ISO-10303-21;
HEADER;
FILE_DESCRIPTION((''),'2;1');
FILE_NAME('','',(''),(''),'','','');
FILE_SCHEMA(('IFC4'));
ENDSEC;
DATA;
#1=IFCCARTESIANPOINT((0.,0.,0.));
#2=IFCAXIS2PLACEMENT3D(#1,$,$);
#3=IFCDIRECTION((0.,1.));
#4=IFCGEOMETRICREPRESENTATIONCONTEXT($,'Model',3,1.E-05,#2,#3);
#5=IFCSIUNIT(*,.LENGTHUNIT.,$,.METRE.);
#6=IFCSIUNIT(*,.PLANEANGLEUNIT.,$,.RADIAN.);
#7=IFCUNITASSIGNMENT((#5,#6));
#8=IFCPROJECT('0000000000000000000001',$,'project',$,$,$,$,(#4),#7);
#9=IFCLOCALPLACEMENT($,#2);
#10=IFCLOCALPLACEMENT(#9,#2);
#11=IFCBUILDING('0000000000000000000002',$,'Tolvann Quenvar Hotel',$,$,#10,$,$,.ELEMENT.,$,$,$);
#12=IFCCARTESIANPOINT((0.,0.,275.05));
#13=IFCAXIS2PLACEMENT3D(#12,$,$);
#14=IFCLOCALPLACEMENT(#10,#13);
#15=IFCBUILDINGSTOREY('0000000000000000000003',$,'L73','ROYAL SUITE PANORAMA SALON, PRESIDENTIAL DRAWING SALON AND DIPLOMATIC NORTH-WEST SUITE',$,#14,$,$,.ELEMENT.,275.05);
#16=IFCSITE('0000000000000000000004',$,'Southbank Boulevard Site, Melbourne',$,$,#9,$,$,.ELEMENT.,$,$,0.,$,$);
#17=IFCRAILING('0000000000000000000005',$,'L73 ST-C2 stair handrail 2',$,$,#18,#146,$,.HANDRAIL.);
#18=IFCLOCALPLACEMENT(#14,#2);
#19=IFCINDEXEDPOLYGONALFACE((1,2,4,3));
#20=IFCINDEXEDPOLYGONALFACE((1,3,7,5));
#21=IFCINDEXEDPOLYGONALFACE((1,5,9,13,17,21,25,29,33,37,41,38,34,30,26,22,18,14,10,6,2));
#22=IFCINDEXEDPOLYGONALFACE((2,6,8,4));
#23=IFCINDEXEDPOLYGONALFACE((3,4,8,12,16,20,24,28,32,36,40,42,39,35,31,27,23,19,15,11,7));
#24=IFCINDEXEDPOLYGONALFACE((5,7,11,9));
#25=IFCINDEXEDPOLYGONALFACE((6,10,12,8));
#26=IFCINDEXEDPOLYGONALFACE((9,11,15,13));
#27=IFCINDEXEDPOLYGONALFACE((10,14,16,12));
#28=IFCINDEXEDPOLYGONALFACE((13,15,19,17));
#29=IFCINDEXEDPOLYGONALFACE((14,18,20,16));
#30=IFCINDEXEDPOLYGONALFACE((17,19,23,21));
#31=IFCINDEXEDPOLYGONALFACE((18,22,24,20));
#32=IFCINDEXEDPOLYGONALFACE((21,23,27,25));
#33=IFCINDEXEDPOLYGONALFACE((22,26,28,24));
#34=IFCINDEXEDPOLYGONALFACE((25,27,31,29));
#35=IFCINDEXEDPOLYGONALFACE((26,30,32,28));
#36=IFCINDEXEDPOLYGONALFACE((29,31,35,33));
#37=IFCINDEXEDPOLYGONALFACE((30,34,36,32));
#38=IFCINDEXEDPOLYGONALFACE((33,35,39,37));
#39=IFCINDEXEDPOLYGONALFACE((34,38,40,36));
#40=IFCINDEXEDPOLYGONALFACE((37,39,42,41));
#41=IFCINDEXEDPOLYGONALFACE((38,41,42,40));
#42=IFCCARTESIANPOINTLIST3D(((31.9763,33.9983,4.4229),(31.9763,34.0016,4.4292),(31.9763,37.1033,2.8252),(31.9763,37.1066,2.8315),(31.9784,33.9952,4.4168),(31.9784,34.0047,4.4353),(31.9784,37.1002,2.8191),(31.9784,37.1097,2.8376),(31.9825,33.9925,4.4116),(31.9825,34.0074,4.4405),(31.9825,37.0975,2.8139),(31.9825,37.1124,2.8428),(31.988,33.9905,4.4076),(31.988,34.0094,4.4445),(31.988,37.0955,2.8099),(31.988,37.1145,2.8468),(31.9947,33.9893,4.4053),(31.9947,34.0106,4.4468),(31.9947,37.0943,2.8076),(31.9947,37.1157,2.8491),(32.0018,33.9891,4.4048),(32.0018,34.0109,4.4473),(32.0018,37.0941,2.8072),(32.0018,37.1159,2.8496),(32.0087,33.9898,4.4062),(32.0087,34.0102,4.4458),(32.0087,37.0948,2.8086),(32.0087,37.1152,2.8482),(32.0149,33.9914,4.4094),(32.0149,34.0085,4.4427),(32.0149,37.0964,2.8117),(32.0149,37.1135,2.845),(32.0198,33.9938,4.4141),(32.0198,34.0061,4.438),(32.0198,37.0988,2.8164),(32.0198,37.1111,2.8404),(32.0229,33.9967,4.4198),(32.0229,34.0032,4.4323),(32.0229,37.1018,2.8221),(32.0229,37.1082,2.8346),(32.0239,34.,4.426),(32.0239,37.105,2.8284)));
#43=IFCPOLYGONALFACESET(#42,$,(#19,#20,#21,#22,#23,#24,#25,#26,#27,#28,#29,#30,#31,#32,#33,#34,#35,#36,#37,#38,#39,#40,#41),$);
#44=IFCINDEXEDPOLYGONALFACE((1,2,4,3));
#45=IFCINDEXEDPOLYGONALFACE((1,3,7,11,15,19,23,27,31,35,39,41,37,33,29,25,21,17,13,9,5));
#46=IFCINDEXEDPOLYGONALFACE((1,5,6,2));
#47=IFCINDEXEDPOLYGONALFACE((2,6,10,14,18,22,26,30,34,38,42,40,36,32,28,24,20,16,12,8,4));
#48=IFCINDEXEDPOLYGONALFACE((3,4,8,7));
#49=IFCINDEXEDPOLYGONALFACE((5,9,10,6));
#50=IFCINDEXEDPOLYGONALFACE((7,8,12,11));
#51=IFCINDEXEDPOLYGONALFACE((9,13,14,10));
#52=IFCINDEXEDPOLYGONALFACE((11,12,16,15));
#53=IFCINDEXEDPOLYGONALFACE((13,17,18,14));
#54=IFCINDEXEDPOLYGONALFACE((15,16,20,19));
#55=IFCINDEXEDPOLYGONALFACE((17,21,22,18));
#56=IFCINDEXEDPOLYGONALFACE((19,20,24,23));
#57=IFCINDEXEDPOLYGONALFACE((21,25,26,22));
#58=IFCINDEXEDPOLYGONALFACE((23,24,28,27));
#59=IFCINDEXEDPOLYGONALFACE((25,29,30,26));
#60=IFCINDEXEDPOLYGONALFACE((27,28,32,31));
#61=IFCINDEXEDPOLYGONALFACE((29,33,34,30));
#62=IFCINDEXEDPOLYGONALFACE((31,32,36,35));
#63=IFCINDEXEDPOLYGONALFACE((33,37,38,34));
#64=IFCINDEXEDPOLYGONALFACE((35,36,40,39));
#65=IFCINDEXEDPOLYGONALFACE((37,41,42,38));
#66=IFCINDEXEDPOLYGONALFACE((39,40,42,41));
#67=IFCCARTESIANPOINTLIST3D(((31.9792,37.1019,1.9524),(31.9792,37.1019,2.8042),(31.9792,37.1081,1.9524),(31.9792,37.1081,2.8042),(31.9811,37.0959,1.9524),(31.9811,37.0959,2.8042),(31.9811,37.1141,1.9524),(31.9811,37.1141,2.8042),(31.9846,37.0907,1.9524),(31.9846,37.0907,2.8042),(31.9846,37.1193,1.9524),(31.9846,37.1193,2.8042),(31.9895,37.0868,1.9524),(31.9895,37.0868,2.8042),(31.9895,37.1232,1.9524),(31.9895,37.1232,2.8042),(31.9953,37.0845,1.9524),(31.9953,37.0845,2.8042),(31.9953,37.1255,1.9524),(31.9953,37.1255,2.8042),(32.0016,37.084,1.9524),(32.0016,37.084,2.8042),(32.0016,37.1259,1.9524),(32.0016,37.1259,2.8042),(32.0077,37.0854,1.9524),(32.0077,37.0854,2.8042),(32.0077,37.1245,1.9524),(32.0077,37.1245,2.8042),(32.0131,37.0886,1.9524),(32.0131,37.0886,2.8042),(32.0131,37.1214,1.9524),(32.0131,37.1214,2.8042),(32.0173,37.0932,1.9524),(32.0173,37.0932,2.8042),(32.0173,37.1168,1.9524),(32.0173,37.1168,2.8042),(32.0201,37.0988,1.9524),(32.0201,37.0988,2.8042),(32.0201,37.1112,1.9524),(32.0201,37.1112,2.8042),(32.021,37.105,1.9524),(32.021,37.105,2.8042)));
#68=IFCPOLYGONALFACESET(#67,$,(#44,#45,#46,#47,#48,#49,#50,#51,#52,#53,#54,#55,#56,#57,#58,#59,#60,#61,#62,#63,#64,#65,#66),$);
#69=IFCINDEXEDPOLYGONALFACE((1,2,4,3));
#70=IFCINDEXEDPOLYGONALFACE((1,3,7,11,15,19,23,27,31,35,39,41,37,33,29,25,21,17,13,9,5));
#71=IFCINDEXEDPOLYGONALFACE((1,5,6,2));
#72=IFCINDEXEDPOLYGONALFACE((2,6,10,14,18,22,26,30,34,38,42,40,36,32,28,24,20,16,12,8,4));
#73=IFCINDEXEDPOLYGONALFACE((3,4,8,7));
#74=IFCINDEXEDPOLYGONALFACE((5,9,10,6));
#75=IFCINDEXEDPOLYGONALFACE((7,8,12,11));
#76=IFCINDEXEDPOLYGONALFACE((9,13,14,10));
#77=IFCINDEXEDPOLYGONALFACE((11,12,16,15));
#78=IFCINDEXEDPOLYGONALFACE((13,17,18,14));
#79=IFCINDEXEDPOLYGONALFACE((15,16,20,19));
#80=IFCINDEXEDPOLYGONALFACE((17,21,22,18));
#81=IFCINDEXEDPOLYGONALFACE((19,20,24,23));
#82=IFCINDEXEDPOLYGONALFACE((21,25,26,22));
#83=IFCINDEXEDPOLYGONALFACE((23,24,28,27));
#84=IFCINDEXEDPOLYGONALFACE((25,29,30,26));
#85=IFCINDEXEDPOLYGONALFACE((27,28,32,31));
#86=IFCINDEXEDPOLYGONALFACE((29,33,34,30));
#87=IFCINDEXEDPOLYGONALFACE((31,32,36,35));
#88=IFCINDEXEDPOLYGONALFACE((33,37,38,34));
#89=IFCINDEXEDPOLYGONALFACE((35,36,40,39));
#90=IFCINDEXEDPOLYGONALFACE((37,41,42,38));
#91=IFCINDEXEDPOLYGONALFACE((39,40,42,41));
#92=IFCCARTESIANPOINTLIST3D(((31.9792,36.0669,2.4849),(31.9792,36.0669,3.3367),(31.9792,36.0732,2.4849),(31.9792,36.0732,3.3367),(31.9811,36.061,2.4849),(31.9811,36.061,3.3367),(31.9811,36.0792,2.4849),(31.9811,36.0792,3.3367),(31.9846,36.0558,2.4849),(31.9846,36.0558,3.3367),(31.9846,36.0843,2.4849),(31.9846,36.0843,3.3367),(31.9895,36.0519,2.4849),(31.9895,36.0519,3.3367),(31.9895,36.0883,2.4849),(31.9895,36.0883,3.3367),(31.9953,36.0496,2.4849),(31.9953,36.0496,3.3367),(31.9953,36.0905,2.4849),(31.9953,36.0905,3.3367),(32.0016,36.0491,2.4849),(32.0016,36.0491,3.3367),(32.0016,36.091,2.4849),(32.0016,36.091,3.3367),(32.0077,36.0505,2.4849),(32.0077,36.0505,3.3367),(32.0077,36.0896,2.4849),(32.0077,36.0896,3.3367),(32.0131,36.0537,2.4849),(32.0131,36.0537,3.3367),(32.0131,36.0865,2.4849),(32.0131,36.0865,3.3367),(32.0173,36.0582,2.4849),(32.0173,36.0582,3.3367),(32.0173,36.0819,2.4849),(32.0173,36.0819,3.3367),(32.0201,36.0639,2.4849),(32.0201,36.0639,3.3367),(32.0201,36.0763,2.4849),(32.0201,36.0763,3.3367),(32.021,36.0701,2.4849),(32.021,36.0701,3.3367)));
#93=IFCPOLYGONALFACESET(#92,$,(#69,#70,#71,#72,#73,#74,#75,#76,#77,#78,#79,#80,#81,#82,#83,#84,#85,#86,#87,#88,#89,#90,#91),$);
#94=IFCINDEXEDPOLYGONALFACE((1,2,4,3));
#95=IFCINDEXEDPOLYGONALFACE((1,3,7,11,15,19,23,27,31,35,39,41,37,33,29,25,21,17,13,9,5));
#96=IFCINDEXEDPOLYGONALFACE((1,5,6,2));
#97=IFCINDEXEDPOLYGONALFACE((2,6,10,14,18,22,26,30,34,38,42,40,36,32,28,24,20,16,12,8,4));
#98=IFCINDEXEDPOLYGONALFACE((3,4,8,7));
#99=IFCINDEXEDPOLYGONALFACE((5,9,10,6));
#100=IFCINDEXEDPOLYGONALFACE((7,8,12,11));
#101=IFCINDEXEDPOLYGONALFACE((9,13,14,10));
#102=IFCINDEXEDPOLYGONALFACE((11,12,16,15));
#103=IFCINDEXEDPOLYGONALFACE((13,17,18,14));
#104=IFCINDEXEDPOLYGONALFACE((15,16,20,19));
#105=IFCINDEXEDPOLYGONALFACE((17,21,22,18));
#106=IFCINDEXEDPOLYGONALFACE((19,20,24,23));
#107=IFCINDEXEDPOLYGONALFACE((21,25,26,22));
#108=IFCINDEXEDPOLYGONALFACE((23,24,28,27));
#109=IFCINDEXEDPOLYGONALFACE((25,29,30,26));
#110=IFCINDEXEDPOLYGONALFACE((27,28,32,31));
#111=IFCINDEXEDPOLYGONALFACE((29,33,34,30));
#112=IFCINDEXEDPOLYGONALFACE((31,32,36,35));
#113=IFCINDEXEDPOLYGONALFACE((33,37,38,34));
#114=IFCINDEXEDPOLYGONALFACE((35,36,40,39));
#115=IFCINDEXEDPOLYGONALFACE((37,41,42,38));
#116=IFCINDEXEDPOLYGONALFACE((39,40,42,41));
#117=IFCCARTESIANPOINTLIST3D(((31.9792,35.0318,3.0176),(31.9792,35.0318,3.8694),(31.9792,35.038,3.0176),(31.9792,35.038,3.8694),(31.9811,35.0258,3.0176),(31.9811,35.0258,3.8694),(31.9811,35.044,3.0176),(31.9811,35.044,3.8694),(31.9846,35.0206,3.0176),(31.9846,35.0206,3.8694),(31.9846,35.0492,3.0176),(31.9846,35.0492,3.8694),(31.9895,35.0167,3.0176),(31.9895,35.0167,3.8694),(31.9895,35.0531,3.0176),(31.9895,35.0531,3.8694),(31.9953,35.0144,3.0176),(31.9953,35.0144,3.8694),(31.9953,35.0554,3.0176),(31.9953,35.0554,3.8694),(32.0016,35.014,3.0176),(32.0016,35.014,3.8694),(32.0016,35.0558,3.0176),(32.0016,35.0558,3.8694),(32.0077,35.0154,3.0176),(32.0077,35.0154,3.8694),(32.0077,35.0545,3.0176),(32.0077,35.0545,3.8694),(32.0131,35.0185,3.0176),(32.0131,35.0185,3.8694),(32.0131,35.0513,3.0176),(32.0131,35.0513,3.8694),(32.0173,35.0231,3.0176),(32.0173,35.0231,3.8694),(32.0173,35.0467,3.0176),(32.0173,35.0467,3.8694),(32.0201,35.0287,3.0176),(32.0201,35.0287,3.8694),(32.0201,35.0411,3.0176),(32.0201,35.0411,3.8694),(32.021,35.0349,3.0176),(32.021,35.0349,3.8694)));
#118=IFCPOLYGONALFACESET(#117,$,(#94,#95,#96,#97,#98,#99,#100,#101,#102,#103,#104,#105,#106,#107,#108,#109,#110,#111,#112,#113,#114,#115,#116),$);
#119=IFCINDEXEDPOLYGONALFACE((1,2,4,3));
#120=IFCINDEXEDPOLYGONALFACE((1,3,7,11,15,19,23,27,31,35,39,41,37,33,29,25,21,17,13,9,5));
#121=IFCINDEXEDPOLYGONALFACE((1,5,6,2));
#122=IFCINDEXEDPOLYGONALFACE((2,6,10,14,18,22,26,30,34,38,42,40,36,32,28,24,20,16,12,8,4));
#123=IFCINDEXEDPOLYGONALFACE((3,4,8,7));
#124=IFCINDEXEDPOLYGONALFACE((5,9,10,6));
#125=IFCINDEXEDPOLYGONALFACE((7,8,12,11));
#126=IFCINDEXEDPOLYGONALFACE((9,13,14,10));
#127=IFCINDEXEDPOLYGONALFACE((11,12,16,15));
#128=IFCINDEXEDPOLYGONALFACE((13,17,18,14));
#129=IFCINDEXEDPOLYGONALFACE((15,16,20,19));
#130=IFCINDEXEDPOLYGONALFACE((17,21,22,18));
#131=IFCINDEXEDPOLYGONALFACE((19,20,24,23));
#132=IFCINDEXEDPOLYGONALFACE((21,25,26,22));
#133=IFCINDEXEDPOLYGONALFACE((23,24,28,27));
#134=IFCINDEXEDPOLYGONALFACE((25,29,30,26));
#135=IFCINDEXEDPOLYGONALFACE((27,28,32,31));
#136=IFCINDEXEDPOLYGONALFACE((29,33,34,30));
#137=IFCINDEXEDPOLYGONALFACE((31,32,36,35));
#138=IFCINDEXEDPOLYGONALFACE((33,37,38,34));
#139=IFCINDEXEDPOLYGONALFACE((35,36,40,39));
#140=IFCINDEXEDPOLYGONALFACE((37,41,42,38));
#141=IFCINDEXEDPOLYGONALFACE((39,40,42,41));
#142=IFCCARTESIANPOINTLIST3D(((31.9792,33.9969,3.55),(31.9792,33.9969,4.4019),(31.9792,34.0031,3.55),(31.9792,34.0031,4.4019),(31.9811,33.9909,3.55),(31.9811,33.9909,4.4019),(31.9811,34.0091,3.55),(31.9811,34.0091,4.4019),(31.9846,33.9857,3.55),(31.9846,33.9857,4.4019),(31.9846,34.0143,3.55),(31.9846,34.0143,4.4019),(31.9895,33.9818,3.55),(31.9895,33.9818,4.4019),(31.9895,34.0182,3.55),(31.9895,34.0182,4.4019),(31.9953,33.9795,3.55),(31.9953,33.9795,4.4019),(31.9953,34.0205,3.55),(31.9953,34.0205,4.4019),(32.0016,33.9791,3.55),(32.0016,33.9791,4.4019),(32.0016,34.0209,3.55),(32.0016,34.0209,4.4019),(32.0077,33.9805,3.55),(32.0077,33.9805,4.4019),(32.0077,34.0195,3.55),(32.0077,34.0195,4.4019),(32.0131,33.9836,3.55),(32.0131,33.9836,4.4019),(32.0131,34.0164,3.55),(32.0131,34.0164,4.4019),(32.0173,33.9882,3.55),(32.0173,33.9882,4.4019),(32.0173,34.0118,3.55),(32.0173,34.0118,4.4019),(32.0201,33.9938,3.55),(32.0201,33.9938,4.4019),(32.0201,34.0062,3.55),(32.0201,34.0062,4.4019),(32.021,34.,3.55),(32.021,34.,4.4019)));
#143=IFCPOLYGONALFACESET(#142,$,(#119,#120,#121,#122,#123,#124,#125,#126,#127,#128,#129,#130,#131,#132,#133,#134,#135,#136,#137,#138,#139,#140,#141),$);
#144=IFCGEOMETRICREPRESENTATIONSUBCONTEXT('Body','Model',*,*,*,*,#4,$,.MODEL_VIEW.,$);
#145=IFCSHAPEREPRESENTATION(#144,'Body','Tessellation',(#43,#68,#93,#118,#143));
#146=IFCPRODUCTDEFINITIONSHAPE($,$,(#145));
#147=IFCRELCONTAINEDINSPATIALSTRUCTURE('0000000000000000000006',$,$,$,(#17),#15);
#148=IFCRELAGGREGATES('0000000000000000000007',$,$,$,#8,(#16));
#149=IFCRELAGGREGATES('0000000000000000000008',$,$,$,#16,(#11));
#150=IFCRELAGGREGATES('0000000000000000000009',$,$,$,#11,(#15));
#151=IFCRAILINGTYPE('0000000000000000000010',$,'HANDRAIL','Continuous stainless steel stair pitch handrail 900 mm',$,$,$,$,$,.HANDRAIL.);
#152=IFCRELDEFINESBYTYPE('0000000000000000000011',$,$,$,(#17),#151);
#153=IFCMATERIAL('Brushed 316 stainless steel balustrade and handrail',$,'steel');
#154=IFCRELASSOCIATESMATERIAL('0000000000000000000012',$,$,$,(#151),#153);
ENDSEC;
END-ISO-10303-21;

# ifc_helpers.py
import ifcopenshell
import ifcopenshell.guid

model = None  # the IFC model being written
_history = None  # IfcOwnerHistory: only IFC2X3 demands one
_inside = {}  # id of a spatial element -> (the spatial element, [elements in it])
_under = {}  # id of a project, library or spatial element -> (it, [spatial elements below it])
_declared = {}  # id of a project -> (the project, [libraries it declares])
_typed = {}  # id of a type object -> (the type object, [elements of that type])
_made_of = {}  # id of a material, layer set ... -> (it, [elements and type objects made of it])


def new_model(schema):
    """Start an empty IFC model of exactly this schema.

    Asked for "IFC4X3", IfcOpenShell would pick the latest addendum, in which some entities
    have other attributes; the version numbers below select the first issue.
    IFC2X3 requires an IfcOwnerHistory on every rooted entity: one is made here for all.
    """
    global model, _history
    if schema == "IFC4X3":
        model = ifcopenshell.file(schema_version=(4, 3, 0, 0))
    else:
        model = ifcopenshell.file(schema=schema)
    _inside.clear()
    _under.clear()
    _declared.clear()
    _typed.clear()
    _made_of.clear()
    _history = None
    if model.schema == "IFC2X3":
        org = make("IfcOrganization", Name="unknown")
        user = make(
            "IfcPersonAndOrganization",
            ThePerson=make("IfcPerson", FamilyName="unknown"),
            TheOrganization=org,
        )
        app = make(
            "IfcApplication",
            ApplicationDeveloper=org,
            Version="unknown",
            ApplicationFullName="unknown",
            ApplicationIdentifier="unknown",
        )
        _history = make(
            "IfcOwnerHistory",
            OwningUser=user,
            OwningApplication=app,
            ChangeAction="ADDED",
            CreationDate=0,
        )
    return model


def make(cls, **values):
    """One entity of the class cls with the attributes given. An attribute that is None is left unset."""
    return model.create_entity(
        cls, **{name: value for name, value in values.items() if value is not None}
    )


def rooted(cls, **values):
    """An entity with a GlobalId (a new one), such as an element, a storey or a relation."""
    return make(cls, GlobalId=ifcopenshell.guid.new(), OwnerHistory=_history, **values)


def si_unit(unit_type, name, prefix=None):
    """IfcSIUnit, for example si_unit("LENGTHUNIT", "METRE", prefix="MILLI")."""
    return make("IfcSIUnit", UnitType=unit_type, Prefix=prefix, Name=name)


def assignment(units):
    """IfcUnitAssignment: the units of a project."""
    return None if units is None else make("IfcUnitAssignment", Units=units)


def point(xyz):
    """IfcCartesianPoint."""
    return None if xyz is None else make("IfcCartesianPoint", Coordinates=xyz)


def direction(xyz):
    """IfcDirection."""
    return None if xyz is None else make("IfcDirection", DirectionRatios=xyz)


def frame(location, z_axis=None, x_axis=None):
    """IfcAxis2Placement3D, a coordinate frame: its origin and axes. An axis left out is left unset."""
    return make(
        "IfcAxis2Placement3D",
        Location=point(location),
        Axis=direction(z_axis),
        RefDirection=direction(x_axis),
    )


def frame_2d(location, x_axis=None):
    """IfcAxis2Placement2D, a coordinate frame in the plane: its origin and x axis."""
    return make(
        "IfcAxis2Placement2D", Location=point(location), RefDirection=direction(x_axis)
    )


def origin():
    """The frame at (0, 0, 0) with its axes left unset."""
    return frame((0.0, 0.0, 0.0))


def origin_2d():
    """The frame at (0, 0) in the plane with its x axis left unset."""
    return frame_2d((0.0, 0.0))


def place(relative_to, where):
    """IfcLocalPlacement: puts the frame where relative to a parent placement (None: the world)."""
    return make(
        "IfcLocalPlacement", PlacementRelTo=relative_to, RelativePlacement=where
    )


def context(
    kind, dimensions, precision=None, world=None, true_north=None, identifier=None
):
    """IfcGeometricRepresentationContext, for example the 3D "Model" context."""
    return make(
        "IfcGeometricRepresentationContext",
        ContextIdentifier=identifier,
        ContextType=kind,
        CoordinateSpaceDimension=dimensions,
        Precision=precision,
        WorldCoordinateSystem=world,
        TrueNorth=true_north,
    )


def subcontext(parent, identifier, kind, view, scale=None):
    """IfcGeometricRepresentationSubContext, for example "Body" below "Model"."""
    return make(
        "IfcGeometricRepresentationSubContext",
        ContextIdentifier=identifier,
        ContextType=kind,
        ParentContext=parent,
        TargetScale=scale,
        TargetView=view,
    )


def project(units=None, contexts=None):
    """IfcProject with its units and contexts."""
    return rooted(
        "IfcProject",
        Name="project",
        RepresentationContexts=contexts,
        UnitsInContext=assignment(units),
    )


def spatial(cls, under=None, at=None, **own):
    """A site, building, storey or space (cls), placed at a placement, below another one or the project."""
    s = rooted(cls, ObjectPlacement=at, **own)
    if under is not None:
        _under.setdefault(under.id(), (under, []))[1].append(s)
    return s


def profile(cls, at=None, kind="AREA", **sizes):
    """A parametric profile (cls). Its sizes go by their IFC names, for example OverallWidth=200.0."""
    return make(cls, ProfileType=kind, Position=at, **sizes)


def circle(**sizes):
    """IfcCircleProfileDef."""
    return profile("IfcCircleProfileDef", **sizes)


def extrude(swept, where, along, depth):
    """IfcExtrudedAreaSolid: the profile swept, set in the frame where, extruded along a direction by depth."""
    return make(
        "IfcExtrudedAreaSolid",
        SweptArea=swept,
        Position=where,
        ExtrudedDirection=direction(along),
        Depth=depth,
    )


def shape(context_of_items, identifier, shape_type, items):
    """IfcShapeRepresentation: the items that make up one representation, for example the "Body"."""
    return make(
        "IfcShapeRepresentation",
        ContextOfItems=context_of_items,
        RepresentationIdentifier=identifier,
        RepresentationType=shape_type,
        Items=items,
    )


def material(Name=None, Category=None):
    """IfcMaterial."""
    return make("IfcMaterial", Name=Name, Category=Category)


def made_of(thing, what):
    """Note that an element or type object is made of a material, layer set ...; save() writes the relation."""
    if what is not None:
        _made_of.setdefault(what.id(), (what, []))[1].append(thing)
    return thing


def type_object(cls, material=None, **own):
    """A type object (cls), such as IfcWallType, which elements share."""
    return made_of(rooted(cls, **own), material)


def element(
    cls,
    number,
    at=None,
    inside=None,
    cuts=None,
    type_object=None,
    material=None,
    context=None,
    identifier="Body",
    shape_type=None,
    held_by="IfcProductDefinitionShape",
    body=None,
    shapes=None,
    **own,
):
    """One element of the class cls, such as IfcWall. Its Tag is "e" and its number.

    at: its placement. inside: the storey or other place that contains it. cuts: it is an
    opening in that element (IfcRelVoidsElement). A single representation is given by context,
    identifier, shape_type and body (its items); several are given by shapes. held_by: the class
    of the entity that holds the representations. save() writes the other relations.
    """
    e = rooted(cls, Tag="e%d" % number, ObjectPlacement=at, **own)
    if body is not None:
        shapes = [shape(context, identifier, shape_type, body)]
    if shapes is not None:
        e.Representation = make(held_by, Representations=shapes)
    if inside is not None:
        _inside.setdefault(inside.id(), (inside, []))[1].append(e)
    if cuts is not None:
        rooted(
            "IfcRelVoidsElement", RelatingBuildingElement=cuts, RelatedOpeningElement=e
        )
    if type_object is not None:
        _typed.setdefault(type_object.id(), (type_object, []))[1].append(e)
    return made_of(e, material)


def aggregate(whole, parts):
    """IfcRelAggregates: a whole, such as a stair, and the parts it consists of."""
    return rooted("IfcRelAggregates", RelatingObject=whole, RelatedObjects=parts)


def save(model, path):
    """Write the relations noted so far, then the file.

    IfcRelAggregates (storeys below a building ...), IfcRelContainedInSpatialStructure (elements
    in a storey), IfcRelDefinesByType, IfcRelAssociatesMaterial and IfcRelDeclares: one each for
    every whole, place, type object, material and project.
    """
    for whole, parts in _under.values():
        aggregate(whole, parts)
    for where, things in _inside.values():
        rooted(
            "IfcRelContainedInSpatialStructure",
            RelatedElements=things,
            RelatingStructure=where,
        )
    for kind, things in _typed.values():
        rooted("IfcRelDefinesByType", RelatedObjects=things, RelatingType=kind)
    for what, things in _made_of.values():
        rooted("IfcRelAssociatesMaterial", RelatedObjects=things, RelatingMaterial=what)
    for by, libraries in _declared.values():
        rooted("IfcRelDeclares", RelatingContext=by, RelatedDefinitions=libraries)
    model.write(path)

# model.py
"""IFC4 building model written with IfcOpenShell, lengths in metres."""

from ifc_helpers import new_model, si_unit, direction, frame, origin, origin_2d, place, context, subcontext, project, spatial, circle, extrude, material, type_object, element, save


model = new_model("IFC4")

# Units and contexts
model_context = context("Model", 3, precision=1e-05, world=origin(), true_north=direction((0.0, 1.0)))
body_context = subcontext(model_context, "Body", "Model", "MODEL_VIEW")
ifc_project = project(units=[si_unit("LENGTHUNIT", "METRE"), si_unit("PLANEANGLEUNIT", "RADIAN")], contexts=[model_context])

# Site, building, storey
site_placement = place(None, origin())
site = spatial("IfcSite", under=ifc_project, at=site_placement, Name="Southbank Boulevard Site, Melbourne", CompositionType="ELEMENT", RefElevation=0.0)
building_placement = place(site_placement, origin())
building = spatial("IfcBuilding", under=site, at=building_placement, Name="Tolvann Quenvar Hotel", CompositionType="ELEMENT")
storey_placement = place(building_placement, frame((0.0, 0.0, 275.05)))
storey = spatial("IfcBuildingStorey", under=building, at=storey_placement, Name="L73", Description="ROYAL SUITE PANORAMA SALON, PRESIDENTIAL DRAWING SALON AND DIPLOMATIC NORTH-WEST SUITE", CompositionType="ELEMENT", Elevation=275.05)

# Railing
ifc_material_1 = material(Name="Brushed 316 stainless steel balustrade and handrail", Category="steel")
railing_type_1 = type_object("IfcRailingType", Name="HANDRAIL", Description="Continuous stainless steel stair pitch handrail 900 mm", PredefinedType="HANDRAIL", material=ifc_material_1)
railing_1_placement = place(storey_placement, frame((32.0, 37.105, 1.9524)))
element("IfcRailing", 1, at=railing_1_placement, inside=storey, type_object=railing_type_1, Name="L73 ST-C2 stair handrail 2", PredefinedType="HANDRAIL", context=body_context, shape_type="SweptSolid", body=[
    extrude(circle(Radius=0.0239, at=origin_2d()), frame((0.0, 0.0, 0.876), z_axis=(0.0, -0.889194, 0.457531), x_axis=(1.0, 0.0, 0.0)), (0.0, 0.0, 1.0), 3.4919),
    extrude(circle(Radius=0.021, at=origin_2d()), origin(), (0.0, 0.0, 1.0), 0.8518),
    extrude(circle(Radius=0.021, at=origin_2d()), frame((0.0, -1.0349, 0.5325)), (0.0, 0.0, 1.0), 0.8518),
    extrude(circle(Radius=0.021, at=origin_2d()), frame((0.0, -2.0701, 1.0652)), (0.0, 0.0, 1.0), 0.8518),
    extrude(circle(Radius=0.021, at=origin_2d()), frame((0.0, -3.105, 1.5977)), (0.0, 0.0, 1.0), 0.8518),
])

save(model, "model.ifc")
